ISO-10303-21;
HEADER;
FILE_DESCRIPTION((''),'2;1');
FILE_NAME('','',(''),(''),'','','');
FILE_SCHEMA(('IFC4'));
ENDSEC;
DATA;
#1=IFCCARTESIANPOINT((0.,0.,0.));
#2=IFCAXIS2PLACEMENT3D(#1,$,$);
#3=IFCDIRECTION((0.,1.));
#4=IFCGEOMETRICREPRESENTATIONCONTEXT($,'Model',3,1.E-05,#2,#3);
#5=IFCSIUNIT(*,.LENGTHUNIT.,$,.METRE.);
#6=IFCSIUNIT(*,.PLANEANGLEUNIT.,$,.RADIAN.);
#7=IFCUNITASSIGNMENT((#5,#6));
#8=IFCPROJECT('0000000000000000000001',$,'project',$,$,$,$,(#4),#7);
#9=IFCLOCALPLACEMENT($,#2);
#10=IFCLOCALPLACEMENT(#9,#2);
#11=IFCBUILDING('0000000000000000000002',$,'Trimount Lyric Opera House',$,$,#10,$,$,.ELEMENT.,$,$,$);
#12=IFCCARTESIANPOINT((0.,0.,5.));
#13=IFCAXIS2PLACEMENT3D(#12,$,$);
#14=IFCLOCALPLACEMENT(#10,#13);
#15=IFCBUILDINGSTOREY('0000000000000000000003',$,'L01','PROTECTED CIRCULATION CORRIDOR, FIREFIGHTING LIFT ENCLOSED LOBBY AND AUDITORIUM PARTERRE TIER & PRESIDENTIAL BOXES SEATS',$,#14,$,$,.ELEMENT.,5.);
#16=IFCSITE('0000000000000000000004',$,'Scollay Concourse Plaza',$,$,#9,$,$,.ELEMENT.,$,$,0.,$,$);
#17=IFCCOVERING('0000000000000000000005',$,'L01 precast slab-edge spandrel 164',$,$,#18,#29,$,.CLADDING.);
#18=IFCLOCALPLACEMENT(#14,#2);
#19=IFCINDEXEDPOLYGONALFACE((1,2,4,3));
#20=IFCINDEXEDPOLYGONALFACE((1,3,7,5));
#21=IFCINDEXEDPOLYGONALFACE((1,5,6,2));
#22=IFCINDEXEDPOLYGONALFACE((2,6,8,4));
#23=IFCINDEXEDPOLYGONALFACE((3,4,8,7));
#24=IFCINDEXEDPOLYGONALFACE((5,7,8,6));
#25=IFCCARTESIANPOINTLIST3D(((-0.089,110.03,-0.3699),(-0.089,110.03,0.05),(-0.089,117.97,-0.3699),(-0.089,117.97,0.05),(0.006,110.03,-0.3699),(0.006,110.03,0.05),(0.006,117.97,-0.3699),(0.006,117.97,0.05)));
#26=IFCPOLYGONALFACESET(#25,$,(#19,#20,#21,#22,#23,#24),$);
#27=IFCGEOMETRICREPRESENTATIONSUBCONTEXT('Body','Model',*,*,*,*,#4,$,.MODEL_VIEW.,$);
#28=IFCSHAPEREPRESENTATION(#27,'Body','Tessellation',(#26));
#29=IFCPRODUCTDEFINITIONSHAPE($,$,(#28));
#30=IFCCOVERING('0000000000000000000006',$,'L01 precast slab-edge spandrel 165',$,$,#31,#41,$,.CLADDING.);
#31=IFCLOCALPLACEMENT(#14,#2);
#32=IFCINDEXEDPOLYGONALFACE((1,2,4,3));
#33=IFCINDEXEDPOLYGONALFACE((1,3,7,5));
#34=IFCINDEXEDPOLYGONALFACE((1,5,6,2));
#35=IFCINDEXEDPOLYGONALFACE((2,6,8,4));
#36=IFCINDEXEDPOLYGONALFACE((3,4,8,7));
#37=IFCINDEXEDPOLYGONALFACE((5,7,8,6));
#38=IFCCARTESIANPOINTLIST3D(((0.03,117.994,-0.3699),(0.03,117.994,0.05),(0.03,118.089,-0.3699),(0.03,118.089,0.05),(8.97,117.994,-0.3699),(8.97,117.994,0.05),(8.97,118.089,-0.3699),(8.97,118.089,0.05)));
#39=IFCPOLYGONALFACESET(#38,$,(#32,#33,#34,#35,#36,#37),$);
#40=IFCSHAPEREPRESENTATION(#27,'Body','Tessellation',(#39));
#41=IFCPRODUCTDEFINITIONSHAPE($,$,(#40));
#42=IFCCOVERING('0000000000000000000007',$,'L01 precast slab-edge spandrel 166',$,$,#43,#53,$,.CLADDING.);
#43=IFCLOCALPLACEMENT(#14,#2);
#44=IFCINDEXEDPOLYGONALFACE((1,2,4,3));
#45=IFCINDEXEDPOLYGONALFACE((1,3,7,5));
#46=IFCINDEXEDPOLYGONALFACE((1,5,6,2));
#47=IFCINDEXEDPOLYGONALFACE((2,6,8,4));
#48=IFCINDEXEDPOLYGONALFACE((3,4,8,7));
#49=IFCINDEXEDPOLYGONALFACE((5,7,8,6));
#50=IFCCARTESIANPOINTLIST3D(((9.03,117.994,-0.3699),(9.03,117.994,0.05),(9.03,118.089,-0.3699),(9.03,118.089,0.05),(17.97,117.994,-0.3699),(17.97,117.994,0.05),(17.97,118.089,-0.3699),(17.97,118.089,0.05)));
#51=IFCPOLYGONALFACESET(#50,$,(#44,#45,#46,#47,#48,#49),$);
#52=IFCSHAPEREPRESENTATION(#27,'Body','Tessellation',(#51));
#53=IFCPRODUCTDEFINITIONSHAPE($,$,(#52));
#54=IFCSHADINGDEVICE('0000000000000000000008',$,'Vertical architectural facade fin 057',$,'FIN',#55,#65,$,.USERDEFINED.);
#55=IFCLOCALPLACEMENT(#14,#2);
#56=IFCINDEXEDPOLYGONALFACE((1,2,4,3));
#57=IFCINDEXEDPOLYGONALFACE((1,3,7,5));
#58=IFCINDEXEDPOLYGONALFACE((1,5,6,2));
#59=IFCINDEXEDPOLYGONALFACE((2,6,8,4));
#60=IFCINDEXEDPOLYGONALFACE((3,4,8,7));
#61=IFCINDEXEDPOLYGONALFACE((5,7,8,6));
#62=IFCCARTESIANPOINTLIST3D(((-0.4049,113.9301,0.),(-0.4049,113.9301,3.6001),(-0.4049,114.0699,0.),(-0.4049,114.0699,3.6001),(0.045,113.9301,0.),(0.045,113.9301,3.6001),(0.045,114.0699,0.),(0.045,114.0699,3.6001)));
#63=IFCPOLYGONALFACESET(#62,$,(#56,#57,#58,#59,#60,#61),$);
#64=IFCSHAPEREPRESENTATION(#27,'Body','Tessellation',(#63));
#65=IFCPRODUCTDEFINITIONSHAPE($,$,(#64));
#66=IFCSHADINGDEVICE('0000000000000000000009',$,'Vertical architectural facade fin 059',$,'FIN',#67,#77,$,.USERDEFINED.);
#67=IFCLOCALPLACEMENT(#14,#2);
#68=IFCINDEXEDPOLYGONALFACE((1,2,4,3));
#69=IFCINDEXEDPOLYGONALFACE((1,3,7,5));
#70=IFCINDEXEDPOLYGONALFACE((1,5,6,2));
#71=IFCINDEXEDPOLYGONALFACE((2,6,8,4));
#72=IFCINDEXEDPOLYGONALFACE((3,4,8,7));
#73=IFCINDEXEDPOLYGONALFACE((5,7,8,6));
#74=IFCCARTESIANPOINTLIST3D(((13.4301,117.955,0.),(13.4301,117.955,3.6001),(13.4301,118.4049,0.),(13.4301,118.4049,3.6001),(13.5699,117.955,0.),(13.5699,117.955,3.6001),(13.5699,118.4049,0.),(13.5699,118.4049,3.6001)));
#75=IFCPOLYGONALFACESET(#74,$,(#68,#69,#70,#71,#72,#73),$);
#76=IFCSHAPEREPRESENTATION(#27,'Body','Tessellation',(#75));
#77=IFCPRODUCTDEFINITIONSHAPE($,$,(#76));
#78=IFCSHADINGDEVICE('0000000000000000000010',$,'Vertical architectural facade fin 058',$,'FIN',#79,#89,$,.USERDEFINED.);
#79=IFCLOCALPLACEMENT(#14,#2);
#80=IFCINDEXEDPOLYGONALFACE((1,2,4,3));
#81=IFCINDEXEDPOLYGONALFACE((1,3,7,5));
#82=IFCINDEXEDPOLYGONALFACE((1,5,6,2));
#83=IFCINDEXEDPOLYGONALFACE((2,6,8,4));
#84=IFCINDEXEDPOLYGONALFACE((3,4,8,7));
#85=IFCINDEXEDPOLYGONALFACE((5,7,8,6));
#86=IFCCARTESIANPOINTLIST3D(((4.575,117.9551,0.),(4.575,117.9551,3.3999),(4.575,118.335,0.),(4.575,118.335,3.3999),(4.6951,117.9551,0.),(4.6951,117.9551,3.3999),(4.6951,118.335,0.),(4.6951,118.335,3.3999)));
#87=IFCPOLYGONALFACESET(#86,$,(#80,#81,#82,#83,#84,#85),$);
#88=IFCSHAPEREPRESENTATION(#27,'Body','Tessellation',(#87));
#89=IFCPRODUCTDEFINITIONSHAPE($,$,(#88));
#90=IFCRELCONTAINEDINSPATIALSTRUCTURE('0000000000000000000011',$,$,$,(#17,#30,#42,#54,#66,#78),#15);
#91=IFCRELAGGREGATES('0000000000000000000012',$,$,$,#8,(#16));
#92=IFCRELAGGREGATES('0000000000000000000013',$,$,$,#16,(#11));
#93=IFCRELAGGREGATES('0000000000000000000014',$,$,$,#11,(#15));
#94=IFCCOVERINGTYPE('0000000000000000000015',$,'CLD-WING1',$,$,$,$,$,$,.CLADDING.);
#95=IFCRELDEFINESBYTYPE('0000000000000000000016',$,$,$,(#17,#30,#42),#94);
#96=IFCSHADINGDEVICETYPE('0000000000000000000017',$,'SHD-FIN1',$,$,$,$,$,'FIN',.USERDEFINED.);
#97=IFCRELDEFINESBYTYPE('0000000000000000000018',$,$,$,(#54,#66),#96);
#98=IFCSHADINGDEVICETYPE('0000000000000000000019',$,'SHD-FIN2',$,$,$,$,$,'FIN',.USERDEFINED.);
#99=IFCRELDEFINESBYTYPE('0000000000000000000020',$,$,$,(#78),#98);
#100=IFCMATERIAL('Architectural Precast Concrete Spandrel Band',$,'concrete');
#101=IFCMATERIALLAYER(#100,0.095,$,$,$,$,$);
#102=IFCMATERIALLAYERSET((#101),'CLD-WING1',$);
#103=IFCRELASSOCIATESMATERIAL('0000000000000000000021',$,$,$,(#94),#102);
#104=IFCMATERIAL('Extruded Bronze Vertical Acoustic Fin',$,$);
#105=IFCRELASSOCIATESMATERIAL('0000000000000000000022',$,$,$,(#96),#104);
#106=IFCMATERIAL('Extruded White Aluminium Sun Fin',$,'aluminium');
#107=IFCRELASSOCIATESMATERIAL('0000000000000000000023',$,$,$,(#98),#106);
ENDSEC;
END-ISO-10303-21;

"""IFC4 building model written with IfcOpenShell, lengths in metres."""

from ifc_helpers import new_model, si_unit, direction, frame, origin, origin_2d, place, context, subcontext, project, spatial, rectangle, extrude, material, layer, layer_set, type_object, element, save


model = new_model("IFC4")

# Units and contexts
model_context = context("Model", 3, precision=1e-05, world=origin(), true_north=direction((0.0, 1.0)))
body_context = subcontext(model_context, "Body", "Model", "MODEL_VIEW")
ifc_project = project(units=[si_unit("LENGTHUNIT", "METRE"), si_unit("PLANEANGLEUNIT", "RADIAN")], contexts=[model_context])

# Site, building, storey
site_placement = place(None, origin())
site = spatial("IfcSite", under=ifc_project, at=site_placement, Name="Scollay Concourse Plaza", CompositionType="ELEMENT", RefElevation=0.0)
building_placement = place(site_placement, origin())
building = spatial("IfcBuilding", under=site, at=building_placement, Name="Trimount Lyric Opera House", CompositionType="ELEMENT")
storey_placement = place(building_placement, frame((0.0, 0.0, 5.0)))
storey = spatial("IfcBuildingStorey", under=building, at=storey_placement, Name="L01", Description="PROTECTED CIRCULATION CORRIDOR, FIREFIGHTING LIFT ENCLOSED LOBBY AND AUDITORIUM PARTERRE TIER & PRESIDENTIAL BOXES SEATS", CompositionType="ELEMENT", Elevation=5.0)

# Coverings
ifc_material_1 = material(Name="Architectural Precast Concrete Spandrel Band", Category="concrete")
ifc_layer_1 = layer(ifc_material_1, 0.095)
ifc_layer_set_1 = layer_set([ifc_layer_1], Name="CLD-WING1")
covering_type = type_object("IfcCoveringType", Name="CLD-WING1", PredefinedType="CLADDING", material=ifc_layer_set_1)
covering_placement = place(storey_placement, frame((-0.0415, 114.0, -0.3699), z_axis=(0.0, 0.0, 1.0), x_axis=(0.0, 1.0, 0.0)))
element("IfcCovering", 1, at=covering_placement, inside=storey, type_object=covering_type, Name="L01 precast slab-edge spandrel 164", PredefinedType="CLADDING", context=body_context, shape_type="SweptSolid", body=[
    extrude(rectangle(XDim=7.9399, YDim=0.095, at=origin_2d()), origin(), (0.0, 0.0, 1.0), 0.4199),
])
for number, where, z_axis, x_axis, name in (
    (2, (4.5, 118.0415, -0.3699), (0.0, 0.0, 1.0), (1.0, 0.0, 0.0), "L01 precast slab-edge spandrel 165"),
    (3, (13.5, 118.0415, -0.3699), (0.0, 0.0, 1.0), (1.0, 0.0, 0.0), "L01 precast slab-edge spandrel 166"),
):
    element("IfcCovering", number, at=place(storey_placement, frame(where, z_axis=z_axis, x_axis=x_axis)), inside=storey, type_object=covering_type, Name=name, PredefinedType="CLADDING", context=body_context, shape_type="SweptSolid", body=[
        extrude(rectangle(XDim=8.9399, YDim=0.095, at=origin_2d()), origin(), (0.0, 0.0, 1.0), 0.4199),
    ])

# Shading devices
ifc_material_2 = material(Name="Extruded Bronze Vertical Acoustic Fin")
shading_device_type_1 = type_object("IfcShadingDeviceType", Name="SHD-FIN1", ElementType="FIN", PredefinedType="USERDEFINED", material=ifc_material_2)
shading_device_1_placement = place(storey_placement, frame((-0.1799, 114.0, 0.0), z_axis=(0.0, 0.0, 1.0), x_axis=(1.0, 0.0, 0.0)))
element("IfcShadingDevice", 4, at=shading_device_1_placement, inside=storey, type_object=shading_device_type_1, Name="Vertical architectural facade fin 057", ObjectType="FIN", PredefinedType="USERDEFINED", context=body_context, shape_type="SweptSolid", body=[
    extrude(rectangle(XDim=0.45, YDim=0.1399, at=origin_2d()), origin(), (0.0, 0.0, 1.0), 3.6001),
])
shading_device_2_placement = place(storey_placement, frame((13.5, 118.1799, 0.0), z_axis=(0.0, 0.0, 1.0), x_axis=(1.0, 0.0, 0.0)))
element("IfcShadingDevice", 5, at=shading_device_2_placement, inside=storey, type_object=shading_device_type_1, Name="Vertical architectural facade fin 059", ObjectType="FIN", PredefinedType="USERDEFINED", context=body_context, shape_type="SweptSolid", body=[
    extrude(rectangle(XDim=0.1399, YDim=0.45, at=origin_2d()), origin(), (0.0, 0.0, 1.0), 3.6001),
])
ifc_material_3 = material(Name="Extruded White Aluminium Sun Fin", Category="aluminium")
shading_device_type_2 = type_object("IfcShadingDeviceType", Name="SHD-FIN2", ElementType="FIN", PredefinedType="USERDEFINED", material=ifc_material_3)
shading_device_3_placement = place(storey_placement, frame((4.635, 118.145, 0.0), z_axis=(0.0, 0.0, 1.0), x_axis=(1.0, 0.0, 0.0)))
element("IfcShadingDevice", 6, at=shading_device_3_placement, inside=storey, type_object=shading_device_type_2, Name="Vertical architectural facade fin 058", ObjectType="FIN", PredefinedType="USERDEFINED", context=body_context, shape_type="SweptSolid", body=[
    extrude(rectangle(XDim=0.1201, YDim=0.3799, at=origin_2d()), origin(), (0.0, 0.0, 1.0), 3.3999),
])

save(model, "model.ifc")
